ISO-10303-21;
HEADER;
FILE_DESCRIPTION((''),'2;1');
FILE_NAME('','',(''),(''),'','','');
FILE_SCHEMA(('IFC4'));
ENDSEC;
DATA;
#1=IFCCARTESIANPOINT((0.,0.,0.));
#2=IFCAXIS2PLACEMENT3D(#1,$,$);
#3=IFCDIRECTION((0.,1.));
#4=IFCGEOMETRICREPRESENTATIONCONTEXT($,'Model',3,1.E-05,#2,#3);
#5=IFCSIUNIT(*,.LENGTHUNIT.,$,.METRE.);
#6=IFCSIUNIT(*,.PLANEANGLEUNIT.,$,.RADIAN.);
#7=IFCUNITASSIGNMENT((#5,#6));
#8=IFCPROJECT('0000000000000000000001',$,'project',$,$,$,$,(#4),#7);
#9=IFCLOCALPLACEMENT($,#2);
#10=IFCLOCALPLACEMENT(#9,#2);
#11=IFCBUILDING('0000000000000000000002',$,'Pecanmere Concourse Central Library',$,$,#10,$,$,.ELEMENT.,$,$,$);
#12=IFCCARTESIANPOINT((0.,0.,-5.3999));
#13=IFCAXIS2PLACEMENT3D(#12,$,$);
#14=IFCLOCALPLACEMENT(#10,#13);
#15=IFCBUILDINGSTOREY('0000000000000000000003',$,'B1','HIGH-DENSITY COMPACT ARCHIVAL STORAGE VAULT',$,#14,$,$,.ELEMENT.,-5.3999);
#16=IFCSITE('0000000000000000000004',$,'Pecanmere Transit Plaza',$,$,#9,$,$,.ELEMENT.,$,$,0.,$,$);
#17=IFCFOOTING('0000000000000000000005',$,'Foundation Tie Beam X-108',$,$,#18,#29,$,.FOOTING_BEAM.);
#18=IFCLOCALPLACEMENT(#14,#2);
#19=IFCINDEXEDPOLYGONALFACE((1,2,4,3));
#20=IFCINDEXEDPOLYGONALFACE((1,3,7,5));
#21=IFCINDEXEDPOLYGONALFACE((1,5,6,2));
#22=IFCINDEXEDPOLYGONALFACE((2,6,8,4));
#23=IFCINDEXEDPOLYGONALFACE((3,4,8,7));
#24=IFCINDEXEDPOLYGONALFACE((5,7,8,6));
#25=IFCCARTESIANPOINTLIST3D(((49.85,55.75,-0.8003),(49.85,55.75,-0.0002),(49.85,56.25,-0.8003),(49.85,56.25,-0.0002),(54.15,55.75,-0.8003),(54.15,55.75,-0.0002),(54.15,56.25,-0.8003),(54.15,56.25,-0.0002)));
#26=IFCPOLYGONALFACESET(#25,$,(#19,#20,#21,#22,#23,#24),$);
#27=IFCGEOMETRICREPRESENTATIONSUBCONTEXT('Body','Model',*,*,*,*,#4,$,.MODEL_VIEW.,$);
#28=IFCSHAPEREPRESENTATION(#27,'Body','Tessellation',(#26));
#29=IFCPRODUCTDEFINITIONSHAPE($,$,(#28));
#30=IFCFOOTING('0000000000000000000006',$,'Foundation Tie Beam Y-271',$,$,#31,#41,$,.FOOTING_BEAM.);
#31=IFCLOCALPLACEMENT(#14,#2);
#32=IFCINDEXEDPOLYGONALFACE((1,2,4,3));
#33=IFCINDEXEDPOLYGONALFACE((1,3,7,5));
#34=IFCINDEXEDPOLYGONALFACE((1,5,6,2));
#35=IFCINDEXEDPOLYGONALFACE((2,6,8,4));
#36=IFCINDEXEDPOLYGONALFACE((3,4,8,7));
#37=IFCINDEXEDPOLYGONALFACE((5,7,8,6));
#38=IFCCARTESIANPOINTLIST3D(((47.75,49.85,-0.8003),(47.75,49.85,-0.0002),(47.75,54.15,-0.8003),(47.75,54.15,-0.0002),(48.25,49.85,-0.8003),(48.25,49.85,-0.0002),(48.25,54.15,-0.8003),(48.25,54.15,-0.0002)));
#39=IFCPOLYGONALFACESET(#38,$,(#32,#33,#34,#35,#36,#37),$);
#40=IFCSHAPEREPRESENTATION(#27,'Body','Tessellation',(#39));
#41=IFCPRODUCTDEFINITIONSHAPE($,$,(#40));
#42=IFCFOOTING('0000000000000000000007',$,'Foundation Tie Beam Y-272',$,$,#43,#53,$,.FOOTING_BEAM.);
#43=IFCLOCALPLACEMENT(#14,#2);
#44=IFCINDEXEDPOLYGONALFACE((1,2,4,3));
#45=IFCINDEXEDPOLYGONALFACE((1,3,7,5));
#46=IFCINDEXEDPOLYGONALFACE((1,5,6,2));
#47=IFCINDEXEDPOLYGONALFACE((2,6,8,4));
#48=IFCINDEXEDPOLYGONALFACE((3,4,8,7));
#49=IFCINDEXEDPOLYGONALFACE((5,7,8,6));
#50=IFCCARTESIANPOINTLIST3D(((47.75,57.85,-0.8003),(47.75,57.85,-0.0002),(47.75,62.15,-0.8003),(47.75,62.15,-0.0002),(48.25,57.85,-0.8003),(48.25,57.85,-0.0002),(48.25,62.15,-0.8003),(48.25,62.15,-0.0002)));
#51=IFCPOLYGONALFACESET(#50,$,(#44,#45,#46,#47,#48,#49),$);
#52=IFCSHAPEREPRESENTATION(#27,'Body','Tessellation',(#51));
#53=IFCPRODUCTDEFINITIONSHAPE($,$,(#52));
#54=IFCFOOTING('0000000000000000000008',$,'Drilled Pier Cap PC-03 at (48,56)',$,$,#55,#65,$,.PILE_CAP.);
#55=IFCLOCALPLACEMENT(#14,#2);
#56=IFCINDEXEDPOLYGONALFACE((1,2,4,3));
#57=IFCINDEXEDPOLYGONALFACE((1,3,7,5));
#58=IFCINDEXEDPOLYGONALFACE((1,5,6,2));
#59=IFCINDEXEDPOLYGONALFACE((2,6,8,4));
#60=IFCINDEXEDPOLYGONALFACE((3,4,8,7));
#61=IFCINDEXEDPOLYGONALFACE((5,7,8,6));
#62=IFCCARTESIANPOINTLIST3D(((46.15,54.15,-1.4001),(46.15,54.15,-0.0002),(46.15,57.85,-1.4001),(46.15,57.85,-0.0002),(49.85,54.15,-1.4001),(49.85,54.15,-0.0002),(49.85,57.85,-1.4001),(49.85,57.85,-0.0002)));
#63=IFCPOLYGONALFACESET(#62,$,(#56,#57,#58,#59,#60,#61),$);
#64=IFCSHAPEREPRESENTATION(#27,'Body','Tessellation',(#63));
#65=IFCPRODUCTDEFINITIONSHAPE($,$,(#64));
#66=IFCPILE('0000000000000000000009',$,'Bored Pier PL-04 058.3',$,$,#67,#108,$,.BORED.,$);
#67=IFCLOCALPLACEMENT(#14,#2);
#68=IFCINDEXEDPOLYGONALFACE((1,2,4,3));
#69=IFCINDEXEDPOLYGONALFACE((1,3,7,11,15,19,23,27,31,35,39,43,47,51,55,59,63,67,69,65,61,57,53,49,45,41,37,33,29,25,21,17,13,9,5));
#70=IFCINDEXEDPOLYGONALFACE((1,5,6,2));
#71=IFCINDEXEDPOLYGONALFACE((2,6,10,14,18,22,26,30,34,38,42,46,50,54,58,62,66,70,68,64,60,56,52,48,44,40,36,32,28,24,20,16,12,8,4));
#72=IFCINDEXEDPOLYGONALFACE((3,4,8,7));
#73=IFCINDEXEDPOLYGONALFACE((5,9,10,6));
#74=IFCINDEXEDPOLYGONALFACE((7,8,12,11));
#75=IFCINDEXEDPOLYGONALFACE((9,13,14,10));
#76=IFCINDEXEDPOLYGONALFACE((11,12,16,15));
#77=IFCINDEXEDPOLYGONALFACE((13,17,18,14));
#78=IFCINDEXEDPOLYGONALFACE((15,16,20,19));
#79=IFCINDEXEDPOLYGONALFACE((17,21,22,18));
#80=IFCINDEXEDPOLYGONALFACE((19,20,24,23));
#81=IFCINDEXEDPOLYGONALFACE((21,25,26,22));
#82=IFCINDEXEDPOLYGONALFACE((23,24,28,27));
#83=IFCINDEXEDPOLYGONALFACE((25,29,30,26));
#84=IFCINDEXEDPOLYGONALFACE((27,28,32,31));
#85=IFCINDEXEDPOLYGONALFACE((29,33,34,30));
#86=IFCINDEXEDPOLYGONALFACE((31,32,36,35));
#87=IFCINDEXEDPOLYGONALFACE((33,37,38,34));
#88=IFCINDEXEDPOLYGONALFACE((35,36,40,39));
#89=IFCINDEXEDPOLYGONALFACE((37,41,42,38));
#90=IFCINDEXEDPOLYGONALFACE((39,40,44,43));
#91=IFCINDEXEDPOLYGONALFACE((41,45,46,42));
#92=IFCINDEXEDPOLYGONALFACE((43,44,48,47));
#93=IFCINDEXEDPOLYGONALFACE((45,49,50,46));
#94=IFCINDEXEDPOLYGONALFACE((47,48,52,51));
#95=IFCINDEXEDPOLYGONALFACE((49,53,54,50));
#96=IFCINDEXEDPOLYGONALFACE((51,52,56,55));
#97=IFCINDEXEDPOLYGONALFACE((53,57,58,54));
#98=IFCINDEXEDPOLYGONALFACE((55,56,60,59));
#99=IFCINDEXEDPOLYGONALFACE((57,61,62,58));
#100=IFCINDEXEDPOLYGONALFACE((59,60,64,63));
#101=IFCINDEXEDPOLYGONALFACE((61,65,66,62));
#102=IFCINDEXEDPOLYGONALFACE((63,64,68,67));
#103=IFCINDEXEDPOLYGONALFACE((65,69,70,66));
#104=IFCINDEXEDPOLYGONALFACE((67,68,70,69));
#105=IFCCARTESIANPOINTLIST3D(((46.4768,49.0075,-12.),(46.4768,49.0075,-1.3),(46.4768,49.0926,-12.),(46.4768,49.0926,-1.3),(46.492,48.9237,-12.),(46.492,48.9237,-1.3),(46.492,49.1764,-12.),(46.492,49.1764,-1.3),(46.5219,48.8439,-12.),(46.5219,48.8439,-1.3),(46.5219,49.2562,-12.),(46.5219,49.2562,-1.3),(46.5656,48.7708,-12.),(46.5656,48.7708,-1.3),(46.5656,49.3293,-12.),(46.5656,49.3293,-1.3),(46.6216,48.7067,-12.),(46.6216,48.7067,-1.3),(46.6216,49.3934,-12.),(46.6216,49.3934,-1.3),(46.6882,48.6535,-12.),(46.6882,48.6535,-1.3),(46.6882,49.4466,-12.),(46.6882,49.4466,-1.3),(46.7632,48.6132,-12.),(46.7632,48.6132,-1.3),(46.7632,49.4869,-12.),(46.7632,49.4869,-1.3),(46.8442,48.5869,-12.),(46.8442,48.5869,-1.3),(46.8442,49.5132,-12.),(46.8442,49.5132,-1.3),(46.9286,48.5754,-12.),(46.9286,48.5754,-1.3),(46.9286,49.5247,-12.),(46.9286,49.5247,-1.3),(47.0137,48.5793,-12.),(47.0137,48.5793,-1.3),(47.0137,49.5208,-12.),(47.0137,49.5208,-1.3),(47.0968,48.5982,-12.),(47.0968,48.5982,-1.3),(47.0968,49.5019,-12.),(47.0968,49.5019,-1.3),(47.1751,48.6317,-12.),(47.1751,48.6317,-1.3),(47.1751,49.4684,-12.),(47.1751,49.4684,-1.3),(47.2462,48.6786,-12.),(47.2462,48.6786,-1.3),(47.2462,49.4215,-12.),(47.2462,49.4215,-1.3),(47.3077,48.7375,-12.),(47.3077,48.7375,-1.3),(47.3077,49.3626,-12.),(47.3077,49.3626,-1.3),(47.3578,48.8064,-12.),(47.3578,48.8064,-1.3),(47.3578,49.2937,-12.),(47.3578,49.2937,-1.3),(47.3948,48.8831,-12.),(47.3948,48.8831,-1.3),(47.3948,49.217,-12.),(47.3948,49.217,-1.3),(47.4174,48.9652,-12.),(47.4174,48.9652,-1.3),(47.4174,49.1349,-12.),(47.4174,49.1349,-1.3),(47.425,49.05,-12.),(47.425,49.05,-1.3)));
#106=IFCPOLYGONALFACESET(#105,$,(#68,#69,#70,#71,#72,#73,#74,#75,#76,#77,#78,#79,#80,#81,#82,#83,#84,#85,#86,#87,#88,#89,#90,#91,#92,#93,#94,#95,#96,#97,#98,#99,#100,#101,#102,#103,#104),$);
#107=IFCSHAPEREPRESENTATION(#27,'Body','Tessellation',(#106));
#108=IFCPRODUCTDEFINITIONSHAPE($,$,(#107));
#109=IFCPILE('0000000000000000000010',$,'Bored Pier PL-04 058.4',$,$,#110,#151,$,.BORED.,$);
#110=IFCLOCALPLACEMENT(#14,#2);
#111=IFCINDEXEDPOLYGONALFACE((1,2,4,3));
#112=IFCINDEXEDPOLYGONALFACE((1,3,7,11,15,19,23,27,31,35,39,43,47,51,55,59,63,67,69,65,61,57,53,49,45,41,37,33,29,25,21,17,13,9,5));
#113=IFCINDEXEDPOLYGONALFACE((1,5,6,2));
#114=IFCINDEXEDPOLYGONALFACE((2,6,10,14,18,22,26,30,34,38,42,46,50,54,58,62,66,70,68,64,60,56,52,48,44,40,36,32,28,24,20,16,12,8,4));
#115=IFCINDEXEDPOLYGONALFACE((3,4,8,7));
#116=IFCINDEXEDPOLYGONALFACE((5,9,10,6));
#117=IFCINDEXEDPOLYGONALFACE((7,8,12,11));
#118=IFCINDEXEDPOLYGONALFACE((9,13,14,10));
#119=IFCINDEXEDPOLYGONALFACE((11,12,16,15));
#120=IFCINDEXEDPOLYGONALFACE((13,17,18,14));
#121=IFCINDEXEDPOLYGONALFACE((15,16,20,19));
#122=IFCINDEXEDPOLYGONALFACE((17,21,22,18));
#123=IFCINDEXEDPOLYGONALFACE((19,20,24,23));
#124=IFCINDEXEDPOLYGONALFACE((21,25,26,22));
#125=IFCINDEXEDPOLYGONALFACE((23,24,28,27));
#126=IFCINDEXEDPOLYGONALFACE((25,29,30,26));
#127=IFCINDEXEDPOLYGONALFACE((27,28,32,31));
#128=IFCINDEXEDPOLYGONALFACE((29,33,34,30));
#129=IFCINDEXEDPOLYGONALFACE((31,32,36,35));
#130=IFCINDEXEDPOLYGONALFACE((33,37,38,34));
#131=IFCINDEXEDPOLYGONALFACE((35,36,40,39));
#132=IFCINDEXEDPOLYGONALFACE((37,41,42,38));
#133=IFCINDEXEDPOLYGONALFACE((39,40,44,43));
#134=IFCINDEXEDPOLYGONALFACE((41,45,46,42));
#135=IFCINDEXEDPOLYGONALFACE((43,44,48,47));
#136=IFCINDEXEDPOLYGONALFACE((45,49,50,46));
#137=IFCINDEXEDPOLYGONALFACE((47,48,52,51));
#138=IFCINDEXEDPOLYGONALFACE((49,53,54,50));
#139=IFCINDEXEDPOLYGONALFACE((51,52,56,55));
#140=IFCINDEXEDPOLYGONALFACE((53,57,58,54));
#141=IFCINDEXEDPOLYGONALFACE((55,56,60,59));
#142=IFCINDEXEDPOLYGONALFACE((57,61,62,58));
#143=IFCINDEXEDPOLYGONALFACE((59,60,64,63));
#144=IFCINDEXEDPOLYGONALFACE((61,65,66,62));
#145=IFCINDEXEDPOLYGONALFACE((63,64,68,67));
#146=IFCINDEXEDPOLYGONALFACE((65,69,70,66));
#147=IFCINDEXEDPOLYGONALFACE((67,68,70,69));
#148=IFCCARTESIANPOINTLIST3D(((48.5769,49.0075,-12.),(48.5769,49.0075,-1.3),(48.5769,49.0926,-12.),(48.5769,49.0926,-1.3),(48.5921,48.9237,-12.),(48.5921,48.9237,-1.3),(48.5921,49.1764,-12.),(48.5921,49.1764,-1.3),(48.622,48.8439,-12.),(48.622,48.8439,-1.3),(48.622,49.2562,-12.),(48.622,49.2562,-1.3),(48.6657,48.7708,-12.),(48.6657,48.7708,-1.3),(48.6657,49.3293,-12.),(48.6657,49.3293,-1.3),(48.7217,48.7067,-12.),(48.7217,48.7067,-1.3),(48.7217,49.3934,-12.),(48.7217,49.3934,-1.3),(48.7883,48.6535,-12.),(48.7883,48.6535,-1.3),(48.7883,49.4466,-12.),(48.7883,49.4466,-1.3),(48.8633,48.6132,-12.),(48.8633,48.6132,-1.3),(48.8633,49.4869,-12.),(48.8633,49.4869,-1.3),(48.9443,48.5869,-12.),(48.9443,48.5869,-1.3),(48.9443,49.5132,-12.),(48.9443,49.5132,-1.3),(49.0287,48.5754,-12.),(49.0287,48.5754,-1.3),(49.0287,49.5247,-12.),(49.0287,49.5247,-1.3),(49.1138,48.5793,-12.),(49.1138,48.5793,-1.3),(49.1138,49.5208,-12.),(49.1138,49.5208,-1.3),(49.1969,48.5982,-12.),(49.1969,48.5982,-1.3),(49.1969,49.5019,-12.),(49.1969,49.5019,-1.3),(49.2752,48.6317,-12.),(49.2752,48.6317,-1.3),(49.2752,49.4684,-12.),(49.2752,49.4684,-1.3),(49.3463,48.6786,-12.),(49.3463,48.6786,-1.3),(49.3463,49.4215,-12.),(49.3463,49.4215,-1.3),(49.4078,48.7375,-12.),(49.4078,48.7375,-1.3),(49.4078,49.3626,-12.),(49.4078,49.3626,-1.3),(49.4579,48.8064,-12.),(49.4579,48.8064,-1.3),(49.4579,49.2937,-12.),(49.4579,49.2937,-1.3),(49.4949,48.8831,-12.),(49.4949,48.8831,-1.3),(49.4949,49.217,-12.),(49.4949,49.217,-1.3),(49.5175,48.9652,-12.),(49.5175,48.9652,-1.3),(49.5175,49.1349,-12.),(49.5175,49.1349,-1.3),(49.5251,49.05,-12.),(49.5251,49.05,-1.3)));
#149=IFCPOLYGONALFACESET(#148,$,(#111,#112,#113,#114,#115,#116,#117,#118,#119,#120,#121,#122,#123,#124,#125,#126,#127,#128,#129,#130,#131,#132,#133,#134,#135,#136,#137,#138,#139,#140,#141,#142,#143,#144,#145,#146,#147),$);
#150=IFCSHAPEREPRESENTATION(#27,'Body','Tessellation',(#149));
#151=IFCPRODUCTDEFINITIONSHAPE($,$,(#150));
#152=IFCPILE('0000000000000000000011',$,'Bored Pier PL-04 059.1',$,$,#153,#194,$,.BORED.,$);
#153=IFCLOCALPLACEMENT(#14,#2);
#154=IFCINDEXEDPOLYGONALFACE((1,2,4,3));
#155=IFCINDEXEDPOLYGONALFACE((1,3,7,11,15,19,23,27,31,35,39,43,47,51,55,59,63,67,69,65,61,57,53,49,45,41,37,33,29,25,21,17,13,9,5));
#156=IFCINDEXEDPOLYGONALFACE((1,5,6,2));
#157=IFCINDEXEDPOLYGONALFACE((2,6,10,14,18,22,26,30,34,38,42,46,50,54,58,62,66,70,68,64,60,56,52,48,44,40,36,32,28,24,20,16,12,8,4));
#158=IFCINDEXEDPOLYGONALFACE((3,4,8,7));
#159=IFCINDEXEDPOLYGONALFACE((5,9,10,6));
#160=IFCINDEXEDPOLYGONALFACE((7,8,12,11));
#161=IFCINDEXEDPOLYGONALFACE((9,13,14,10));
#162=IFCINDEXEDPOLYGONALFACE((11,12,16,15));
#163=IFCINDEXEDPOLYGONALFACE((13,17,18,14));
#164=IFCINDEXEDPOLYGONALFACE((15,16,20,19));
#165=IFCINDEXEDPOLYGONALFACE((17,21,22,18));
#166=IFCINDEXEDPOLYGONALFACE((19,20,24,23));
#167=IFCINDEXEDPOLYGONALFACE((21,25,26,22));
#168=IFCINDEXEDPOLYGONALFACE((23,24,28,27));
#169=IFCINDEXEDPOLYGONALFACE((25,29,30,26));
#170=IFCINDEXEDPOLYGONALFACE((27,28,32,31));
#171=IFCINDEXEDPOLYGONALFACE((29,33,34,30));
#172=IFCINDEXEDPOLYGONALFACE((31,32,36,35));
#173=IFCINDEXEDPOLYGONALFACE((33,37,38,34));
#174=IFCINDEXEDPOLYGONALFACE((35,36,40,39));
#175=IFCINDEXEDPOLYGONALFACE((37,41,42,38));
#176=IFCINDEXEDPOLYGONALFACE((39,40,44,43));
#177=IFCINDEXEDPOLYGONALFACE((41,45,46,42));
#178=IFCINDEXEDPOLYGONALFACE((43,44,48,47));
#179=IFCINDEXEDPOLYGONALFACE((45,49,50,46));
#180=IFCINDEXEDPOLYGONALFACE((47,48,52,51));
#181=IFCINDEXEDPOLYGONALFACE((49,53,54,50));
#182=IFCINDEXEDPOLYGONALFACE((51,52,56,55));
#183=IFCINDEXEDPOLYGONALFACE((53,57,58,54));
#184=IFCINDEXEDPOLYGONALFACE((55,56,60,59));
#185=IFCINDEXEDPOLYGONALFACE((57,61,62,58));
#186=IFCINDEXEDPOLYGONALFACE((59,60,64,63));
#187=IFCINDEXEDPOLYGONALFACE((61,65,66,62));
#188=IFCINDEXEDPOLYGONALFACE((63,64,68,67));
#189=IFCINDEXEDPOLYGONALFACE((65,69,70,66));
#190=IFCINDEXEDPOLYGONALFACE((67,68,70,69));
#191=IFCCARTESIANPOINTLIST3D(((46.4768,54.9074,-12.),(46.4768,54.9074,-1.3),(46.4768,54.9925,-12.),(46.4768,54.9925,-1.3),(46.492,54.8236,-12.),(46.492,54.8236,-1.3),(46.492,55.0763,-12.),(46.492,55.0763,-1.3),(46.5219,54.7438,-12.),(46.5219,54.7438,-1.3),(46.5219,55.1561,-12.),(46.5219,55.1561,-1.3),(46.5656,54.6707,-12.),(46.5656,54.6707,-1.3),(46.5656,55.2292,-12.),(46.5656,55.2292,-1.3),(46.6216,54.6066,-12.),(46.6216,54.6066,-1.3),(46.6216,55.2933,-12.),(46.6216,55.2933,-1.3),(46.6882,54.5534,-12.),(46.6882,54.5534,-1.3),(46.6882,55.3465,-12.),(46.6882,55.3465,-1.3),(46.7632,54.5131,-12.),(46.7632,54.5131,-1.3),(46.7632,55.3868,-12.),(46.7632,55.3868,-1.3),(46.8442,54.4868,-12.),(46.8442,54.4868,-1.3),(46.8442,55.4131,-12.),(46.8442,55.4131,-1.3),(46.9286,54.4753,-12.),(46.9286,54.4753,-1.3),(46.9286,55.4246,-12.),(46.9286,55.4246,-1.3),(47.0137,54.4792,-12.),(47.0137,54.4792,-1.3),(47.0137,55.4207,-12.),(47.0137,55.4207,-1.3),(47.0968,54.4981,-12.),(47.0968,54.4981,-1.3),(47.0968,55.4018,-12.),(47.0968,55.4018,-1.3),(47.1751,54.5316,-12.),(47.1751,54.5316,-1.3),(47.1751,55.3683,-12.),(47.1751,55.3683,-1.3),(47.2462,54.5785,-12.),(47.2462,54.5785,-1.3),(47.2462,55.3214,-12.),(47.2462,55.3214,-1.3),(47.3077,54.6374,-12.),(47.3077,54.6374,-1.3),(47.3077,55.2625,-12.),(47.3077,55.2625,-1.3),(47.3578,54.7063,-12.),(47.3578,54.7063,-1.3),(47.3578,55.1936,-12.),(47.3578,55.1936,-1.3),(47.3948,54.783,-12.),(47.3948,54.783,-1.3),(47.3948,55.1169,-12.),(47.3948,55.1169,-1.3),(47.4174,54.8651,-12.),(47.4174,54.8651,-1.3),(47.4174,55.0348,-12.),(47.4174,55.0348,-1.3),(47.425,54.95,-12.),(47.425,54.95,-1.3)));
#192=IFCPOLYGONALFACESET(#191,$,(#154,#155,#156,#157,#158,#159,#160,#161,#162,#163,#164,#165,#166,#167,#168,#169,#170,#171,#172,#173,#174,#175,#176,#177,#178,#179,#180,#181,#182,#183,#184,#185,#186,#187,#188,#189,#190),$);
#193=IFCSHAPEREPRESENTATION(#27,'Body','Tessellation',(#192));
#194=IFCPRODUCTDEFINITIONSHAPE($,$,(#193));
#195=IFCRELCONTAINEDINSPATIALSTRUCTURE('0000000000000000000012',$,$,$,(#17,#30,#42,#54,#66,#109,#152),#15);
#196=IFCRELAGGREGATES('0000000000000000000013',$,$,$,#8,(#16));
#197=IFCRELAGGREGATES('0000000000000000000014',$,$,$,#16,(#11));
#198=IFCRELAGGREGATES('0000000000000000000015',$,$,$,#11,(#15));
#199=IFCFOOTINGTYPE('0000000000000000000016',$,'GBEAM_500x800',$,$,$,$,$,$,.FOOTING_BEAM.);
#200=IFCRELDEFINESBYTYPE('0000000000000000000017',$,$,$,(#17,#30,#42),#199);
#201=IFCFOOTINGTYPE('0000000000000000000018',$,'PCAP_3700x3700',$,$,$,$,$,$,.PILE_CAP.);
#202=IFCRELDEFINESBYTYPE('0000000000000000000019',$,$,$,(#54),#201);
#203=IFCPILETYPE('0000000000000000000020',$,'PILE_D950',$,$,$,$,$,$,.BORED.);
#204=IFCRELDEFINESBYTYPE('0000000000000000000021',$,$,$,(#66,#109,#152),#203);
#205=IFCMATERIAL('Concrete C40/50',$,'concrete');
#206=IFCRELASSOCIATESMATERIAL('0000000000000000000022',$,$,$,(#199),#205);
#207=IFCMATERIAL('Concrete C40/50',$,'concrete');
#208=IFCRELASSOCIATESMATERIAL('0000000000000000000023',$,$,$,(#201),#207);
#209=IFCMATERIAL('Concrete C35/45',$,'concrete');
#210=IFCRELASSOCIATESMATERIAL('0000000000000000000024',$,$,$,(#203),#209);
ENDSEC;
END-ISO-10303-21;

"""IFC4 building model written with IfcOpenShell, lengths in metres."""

from ifc_helpers import new_model, si_unit, direction, frame, origin, origin_2d, place, context, subcontext, project, spatial, rectangle, circle, extrude, material, material_profile, profile_set, type_object, element, save


model = new_model("IFC4")

# Units and contexts
model_context = context("Model", 3, precision=1e-05, world=origin(), true_north=direction((0.0, 1.0)))
body_context = subcontext(model_context, "Body", "Model", "MODEL_VIEW")
ifc_project = project(units=[si_unit("LENGTHUNIT", "METRE"), si_unit("PLANEANGLEUNIT", "RADIAN")], contexts=[model_context])

# Site, building, storey
site_placement = place(None, origin())
site = spatial("IfcSite", under=ifc_project, at=site_placement, Name="Pecanmere Transit Plaza", CompositionType="ELEMENT", RefElevation=0.0)
building_placement = place(site_placement, origin())
building = spatial("IfcBuilding", under=site, at=building_placement, Name="Pecanmere Concourse Central Library", CompositionType="ELEMENT")
storey_placement = place(building_placement, frame((0.0, 0.0, -5.3999)))
storey = spatial("IfcBuildingStorey", under=building, at=storey_placement, Name="B1", Description="HIGH-DENSITY COMPACT ARCHIVAL STORAGE VAULT", CompositionType="ELEMENT", Elevation=-5.3999)

# Footings
ifc_material_1 = material(Name="Concrete C40/50", Category="concrete")
ifc_material_profile_1 = material_profile(ifc_material_1, rectangle(XDim=0.5, YDim=0.8, at=origin_2d()), Name="RC 500x800")
ifc_profile_set_1 = profile_set([ifc_material_profile_1], Name="Concrete C40/50")
footing_type_1 = type_object("IfcFootingType", Name="GBEAM_500x800", PredefinedType="FOOTING_BEAM", material=ifc_profile_set_1)
for number, where, z_axis, x_axis, name in (
    (1, (52.0, 56.0, -0.8003), (0.0, 0.0, 1.0), (1.0, 0.0, 0.0), "Foundation Tie Beam X-108"),
    (2, (48.0, 52.0, -0.8003), (0.0, 0.0, 1.0), (0.0, 1.0, 0.0), "Foundation Tie Beam Y-271"),
    (3, (48.0, 60.0, -0.8003), (0.0, 0.0, 1.0), (0.0, 1.0, 0.0), "Foundation Tie Beam Y-272"),
):
    element("IfcFooting", number, at=place(storey_placement, frame(where, z_axis=z_axis, x_axis=x_axis)), inside=storey, type_object=footing_type_1, Name=name, PredefinedType="FOOTING_BEAM", context=body_context, shape_type="SweptSolid", body=[
        extrude(rectangle(XDim=4.3, YDim=0.5, at=origin_2d()), origin(), (0.0, 0.0, 1.0), 0.8),
    ])
ifc_material_2 = material(Name="Concrete C40/50", Category="concrete")
footing_type_2 = type_object("IfcFootingType", Name="PCAP_3700x3700", PredefinedType="PILE_CAP", material=ifc_material_2)
footing_placement = place(storey_placement, frame((48.0, 56.0, -1.4001), z_axis=(0.0, 0.0, 1.0), x_axis=(1.0, 0.0, 0.0)))
element("IfcFooting", 4, at=footing_placement, inside=storey, type_object=footing_type_2, Name="Drilled Pier Cap PC-03 at (48,56)", PredefinedType="PILE_CAP", context=body_context, shape_type="SweptSolid", body=[
    extrude(rectangle(XDim=3.7, YDim=3.7, at=origin_2d()), origin(), (0.0, 0.0, 1.0), 1.3999),
])

# Piles
ifc_material_3 = material(Name="Concrete C35/45", Category="concrete")
ifc_material_profile_2 = material_profile(ifc_material_3, circle(Radius=0.4751, at=origin_2d()), Name="PIER D950")
ifc_profile_set_2 = profile_set([ifc_material_profile_2], Name="Concrete C35/45")
pile_type = type_object("IfcPileType", Name="PILE_D950", PredefinedType="BORED", material=ifc_profile_set_2)
for number, where, z_axis, x_axis, name in (
    (5, (46.95, 49.05, -1.3), (0.0, 0.0, -1.0), (1.0, 0.0, 0.0), "Bored Pier PL-04 058.3"),
    (6, (49.05, 49.05, -1.3), (0.0, 0.0, -1.0), (1.0, 0.0, 0.0), "Bored Pier PL-04 058.4"),
    (7, (46.95, 54.95, -1.3), (0.0, 0.0, -1.0), (1.0, 0.0, 0.0), "Bored Pier PL-04 059.1"),
):
    element("IfcPile", number, at=place(storey_placement, frame(where, z_axis=z_axis, x_axis=x_axis)), inside=storey, type_object=pile_type, Name=name, PredefinedType="BORED", context=body_context, shape_type="SweptSolid", body=[
        extrude(circle(Radius=0.4751, at=origin_2d()), origin(), (0.0, 0.0, 1.0), 10.7),
    ])

save(model, "model.ifc")
